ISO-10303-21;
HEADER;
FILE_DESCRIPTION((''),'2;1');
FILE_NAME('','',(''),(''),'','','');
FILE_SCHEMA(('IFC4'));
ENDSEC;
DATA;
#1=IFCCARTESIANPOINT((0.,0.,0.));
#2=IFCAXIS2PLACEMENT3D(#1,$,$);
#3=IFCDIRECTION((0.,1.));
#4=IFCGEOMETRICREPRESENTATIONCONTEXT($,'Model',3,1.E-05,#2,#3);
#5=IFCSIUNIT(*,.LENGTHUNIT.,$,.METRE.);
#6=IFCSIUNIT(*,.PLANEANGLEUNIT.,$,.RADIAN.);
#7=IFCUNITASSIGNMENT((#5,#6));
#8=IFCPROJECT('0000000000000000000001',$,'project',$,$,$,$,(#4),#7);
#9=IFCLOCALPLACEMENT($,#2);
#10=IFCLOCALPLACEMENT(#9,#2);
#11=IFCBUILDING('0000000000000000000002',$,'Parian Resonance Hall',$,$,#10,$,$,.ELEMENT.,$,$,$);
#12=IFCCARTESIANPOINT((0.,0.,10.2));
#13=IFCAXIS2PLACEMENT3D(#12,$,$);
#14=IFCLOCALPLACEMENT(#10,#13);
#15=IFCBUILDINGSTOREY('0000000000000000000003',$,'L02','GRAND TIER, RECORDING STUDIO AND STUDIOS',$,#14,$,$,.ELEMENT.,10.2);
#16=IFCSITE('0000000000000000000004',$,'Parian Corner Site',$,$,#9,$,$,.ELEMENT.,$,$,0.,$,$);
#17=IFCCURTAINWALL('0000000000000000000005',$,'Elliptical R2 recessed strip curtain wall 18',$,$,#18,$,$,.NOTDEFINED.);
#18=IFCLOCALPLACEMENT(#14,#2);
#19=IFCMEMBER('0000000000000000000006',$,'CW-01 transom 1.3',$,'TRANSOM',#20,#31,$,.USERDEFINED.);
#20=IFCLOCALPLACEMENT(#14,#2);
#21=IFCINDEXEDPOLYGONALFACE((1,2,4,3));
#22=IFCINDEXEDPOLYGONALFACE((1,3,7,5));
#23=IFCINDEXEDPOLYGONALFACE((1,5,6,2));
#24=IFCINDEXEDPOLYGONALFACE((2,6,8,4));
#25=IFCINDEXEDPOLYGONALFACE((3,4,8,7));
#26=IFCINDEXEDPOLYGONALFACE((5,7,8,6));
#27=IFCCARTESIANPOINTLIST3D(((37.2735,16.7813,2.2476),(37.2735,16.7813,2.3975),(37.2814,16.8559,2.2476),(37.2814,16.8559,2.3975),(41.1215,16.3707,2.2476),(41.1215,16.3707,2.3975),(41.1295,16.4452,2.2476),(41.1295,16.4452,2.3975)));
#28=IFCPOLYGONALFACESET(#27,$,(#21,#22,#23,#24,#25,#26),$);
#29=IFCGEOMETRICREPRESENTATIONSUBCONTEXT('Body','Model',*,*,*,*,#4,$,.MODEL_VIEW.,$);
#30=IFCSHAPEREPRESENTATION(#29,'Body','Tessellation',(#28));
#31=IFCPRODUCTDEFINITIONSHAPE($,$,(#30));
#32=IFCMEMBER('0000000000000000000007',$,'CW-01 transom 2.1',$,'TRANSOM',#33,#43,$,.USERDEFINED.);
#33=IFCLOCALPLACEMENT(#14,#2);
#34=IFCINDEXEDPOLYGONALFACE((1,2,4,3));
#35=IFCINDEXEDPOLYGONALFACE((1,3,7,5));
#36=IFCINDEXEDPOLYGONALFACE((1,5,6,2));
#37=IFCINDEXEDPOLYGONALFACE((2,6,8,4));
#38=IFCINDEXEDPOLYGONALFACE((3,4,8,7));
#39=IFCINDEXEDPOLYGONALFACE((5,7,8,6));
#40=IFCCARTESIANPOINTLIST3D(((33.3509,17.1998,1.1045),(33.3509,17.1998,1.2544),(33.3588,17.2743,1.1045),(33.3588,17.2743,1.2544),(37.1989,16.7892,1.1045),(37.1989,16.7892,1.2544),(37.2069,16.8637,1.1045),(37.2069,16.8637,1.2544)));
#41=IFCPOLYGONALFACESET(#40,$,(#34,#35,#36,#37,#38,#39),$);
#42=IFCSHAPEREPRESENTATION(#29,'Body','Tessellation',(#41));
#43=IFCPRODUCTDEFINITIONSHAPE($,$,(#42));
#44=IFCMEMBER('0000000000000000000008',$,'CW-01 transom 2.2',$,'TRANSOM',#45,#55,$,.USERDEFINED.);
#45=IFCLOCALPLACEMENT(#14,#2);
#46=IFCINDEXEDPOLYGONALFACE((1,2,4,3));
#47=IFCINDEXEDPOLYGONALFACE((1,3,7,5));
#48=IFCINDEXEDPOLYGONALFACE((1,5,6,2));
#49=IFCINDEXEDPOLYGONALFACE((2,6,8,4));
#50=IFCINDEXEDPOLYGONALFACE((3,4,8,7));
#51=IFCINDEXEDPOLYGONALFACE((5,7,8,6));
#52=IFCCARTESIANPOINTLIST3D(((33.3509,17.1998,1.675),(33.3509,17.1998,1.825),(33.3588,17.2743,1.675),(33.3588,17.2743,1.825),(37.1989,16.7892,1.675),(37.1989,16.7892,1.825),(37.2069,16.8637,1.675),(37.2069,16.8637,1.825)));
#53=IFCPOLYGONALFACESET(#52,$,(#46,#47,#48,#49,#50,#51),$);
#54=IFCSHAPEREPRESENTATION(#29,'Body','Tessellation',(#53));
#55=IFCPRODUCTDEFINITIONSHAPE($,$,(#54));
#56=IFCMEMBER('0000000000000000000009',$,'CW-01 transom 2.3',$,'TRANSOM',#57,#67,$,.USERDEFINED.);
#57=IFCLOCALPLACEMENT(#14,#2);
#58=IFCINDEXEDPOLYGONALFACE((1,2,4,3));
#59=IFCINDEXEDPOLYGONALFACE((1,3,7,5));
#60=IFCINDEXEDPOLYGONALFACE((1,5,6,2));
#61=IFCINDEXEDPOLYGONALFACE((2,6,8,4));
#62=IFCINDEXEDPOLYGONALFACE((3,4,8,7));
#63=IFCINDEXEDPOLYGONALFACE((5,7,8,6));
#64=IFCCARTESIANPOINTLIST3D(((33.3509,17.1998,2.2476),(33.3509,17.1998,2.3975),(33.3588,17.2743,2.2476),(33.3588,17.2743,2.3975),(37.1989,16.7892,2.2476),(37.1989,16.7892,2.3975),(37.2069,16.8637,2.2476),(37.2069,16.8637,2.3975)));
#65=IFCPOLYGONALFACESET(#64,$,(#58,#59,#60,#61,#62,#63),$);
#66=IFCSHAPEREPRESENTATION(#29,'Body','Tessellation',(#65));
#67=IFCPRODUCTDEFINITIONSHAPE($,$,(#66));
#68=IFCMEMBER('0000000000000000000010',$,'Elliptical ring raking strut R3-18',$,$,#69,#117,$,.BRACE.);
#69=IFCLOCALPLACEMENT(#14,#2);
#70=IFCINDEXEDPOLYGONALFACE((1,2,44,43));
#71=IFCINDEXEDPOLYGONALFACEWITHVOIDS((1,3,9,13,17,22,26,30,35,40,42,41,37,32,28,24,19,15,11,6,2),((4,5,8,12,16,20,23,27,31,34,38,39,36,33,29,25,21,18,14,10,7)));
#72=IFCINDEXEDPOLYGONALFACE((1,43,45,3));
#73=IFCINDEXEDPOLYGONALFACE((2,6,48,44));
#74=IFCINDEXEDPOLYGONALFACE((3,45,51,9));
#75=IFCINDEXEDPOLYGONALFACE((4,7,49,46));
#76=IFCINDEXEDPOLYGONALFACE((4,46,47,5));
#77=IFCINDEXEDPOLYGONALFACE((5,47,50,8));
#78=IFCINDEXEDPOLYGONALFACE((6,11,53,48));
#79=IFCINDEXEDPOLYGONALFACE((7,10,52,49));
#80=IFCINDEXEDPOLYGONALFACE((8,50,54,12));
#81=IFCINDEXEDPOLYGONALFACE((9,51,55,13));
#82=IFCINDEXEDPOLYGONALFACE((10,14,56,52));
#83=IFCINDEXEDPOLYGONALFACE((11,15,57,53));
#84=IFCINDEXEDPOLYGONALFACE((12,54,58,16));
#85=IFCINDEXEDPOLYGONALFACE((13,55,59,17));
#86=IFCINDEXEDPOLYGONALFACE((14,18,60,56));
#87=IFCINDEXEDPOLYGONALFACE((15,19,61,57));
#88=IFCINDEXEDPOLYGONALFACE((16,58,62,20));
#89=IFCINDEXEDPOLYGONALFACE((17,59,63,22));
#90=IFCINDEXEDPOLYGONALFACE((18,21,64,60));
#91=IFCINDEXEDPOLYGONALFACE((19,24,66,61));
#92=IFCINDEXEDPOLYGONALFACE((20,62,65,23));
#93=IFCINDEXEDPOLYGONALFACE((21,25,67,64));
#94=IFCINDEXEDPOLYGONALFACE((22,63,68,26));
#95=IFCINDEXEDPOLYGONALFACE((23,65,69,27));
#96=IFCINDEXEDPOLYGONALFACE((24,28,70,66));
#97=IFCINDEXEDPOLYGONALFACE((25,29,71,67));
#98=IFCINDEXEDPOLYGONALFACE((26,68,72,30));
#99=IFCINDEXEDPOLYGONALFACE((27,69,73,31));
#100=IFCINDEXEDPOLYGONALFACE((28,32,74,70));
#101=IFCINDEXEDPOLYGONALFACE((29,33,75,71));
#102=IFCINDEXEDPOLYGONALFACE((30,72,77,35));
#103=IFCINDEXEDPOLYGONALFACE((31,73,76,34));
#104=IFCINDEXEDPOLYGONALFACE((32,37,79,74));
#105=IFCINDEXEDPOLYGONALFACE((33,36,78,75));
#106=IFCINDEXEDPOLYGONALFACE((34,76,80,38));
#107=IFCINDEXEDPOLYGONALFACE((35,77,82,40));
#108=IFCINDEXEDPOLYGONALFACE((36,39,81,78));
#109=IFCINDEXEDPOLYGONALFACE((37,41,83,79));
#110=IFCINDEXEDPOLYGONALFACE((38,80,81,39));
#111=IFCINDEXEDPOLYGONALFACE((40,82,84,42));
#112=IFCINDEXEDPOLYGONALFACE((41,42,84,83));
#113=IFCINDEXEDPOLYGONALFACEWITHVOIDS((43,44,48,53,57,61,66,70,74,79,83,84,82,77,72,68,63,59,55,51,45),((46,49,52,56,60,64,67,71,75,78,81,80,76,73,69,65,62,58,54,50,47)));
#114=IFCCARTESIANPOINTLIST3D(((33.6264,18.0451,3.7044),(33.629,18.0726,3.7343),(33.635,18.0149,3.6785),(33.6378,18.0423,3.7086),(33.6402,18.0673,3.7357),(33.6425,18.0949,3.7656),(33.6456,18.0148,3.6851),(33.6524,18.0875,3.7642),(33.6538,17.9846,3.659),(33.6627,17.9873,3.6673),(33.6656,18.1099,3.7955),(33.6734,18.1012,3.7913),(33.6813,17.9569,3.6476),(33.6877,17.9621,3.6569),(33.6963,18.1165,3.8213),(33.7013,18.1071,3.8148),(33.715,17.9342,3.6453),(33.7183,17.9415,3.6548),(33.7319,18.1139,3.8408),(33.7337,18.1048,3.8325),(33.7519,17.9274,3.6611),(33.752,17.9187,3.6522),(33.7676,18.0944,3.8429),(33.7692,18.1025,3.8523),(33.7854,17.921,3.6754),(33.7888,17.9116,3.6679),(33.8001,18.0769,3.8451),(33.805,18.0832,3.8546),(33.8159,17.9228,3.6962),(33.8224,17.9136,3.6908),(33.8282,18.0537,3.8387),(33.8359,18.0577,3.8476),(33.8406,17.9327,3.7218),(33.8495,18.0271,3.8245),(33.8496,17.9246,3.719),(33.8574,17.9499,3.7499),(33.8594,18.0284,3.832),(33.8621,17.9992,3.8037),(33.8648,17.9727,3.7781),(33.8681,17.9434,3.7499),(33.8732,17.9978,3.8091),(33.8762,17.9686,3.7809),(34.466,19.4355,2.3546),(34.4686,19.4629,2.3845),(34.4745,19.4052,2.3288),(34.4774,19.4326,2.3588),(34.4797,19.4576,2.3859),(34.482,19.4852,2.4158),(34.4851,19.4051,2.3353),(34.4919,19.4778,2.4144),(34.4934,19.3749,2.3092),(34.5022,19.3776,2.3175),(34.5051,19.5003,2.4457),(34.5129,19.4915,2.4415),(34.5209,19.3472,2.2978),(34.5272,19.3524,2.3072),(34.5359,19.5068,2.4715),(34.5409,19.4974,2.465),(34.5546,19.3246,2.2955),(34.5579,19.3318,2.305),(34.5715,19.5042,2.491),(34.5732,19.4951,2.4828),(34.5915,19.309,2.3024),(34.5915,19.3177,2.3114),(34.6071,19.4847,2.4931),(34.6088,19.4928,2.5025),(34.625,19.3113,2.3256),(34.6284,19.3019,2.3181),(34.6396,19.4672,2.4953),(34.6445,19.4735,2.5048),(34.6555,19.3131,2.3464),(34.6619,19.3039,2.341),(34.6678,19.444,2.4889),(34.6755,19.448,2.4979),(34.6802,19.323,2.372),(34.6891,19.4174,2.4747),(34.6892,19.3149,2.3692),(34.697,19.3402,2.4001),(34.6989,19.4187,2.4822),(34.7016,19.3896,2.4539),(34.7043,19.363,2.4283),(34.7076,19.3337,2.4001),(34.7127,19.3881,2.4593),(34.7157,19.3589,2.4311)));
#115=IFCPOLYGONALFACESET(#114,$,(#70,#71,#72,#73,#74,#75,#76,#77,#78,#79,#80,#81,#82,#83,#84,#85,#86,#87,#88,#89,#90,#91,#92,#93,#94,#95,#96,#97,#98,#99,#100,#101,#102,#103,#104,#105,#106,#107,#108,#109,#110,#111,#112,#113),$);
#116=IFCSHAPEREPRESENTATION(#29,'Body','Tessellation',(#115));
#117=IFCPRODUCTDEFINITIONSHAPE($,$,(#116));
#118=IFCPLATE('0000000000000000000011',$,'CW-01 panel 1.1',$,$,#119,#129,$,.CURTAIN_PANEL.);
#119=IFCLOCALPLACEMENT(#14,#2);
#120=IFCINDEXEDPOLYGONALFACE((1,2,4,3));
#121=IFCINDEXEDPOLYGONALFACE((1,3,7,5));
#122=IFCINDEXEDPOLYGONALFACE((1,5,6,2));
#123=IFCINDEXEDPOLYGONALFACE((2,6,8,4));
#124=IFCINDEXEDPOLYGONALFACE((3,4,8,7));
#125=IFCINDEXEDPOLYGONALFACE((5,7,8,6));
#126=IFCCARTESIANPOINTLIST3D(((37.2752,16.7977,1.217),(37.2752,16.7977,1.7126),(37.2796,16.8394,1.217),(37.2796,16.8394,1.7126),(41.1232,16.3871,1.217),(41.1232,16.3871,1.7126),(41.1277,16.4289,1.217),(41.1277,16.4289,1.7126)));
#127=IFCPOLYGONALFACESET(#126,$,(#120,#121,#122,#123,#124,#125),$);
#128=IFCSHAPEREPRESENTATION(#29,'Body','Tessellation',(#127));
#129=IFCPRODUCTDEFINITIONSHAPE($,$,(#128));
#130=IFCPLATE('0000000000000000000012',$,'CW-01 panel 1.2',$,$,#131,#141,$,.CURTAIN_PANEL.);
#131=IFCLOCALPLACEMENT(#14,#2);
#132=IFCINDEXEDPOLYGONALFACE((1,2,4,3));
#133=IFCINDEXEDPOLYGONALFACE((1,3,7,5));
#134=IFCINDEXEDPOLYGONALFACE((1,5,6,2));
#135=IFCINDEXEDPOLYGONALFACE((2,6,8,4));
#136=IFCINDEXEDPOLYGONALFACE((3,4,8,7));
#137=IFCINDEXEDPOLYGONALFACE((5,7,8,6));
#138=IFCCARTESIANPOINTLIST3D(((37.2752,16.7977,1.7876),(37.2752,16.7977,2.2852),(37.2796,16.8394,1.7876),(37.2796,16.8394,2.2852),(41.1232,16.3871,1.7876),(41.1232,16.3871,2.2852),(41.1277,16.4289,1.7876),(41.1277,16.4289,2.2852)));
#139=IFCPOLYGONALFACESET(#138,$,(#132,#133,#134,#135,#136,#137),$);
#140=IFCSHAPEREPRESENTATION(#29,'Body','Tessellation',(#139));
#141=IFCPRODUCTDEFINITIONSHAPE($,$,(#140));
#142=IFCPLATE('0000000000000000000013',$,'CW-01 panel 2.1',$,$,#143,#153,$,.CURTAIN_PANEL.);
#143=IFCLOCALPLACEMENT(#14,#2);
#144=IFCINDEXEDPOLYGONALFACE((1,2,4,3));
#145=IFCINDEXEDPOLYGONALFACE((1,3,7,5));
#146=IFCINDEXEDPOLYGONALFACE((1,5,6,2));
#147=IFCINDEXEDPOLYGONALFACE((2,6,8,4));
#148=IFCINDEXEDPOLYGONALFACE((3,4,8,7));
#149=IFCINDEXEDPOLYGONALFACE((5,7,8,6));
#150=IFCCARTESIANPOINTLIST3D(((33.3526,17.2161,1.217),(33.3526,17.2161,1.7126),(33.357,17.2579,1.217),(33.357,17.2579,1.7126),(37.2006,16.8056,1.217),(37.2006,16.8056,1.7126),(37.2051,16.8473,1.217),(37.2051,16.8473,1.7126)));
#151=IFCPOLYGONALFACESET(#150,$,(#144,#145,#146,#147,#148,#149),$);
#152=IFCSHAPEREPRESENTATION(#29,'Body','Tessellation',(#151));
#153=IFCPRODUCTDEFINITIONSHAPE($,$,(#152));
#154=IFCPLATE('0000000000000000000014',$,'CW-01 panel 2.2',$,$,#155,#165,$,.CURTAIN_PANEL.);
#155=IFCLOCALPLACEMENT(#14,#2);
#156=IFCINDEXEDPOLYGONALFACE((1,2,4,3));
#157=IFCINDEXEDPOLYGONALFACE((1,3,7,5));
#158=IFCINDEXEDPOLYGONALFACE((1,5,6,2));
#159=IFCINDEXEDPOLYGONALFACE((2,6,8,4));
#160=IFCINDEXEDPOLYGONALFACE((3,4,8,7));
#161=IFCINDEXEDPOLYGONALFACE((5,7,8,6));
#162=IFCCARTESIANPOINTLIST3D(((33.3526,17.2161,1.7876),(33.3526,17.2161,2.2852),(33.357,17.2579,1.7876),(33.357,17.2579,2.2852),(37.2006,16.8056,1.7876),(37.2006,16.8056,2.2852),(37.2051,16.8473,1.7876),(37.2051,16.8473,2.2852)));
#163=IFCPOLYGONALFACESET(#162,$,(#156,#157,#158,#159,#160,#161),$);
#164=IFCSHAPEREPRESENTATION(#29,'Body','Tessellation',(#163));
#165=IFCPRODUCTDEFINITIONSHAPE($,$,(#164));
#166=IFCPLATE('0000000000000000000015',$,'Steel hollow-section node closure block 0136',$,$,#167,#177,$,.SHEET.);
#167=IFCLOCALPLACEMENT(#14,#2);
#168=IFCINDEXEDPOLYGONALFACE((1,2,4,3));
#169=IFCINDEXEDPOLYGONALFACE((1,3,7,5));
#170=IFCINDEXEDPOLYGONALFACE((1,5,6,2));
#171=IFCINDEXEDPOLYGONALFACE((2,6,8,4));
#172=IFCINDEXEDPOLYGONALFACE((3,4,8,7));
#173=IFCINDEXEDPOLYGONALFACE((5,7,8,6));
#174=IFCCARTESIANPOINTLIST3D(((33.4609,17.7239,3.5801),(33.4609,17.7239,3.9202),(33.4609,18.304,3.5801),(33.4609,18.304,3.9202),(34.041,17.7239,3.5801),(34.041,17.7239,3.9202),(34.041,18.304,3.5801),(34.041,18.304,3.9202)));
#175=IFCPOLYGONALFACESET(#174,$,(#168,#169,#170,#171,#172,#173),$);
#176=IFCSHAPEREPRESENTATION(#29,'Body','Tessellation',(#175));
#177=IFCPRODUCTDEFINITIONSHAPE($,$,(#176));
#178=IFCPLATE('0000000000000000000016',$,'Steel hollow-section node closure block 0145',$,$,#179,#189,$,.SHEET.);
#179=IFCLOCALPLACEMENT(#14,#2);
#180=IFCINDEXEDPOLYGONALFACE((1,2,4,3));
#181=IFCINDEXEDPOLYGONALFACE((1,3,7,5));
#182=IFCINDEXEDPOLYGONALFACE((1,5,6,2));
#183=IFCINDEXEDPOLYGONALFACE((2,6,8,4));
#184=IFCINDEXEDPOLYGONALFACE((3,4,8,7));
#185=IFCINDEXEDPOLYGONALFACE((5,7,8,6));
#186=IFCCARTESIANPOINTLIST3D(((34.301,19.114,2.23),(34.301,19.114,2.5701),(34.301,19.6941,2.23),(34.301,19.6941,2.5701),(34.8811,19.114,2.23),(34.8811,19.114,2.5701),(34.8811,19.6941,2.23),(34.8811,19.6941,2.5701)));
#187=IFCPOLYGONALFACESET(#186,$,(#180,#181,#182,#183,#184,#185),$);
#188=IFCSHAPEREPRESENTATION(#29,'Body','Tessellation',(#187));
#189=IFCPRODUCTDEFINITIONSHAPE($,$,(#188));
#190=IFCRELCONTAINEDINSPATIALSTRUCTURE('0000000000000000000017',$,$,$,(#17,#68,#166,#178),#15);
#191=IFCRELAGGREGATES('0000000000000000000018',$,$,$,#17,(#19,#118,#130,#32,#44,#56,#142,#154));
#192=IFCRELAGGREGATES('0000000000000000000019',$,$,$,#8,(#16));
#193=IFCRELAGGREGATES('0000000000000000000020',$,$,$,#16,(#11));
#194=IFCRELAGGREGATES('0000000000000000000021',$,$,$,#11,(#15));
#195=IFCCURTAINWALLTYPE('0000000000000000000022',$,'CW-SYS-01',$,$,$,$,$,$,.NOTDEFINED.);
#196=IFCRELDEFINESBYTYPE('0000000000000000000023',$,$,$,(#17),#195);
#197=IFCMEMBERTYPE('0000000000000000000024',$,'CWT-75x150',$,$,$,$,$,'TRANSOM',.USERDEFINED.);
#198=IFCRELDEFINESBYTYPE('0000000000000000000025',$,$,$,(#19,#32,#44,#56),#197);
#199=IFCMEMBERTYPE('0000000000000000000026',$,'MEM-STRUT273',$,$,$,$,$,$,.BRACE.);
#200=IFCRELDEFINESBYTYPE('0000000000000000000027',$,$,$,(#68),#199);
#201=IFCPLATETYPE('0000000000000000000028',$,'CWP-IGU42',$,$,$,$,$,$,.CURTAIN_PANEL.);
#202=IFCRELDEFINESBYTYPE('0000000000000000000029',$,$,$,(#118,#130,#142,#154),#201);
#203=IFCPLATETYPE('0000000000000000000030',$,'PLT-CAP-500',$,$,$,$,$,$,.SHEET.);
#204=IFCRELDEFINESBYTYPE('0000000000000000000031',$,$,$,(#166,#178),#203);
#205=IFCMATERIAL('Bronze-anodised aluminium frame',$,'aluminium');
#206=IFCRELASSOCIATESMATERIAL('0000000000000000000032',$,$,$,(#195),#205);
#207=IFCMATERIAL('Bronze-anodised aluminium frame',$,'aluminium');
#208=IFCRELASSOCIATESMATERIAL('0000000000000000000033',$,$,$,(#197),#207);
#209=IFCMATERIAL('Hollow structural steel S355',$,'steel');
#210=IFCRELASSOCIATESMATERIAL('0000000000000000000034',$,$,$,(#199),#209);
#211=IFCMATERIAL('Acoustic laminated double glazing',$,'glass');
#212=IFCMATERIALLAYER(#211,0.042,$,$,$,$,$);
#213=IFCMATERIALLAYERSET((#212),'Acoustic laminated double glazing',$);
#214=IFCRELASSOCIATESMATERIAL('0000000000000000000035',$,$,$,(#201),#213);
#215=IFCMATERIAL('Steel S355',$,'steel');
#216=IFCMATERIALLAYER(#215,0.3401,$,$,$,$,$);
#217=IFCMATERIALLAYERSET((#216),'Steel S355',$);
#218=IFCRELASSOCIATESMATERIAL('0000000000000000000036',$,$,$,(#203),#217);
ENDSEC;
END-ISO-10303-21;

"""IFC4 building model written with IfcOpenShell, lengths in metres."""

from ifc_helpers import new_model, si_unit, direction, frame, origin, origin_2d, place, context, subcontext, project, spatial, rectangle, hollow_circle, extrude, material, layer, layer_set, material_profile, profile_set, type_object, element, aggregate, save


model = new_model("IFC4")

# Units and contexts
model_context = context("Model", 3, precision=1e-05, world=origin(), true_north=direction((0.0, 1.0)))
body_context = subcontext(model_context, "Body", "Model", "MODEL_VIEW")
ifc_project = project(units=[si_unit("LENGTHUNIT", "METRE"), si_unit("PLANEANGLEUNIT", "RADIAN")], contexts=[model_context])

# Site, building, storey
site_placement = place(None, origin())
site = spatial("IfcSite", under=ifc_project, at=site_placement, Name="Parian Corner Site", CompositionType="ELEMENT", RefElevation=0.0)
building_placement = place(site_placement, origin())
building = spatial("IfcBuilding", under=site, at=building_placement, Name="Parian Resonance Hall", CompositionType="ELEMENT")
storey_placement = place(building_placement, frame((0.0, 0.0, 10.2)))
storey = spatial("IfcBuildingStorey", under=building, at=storey_placement, Name="L02", Description="GRAND TIER, RECORDING STUDIO AND STUDIOS", CompositionType="ELEMENT", Elevation=10.2)

# Curtain wall, members
ifc_material_1 = material(Name="Bronze-anodised aluminium frame", Category="aluminium")
curtain_wall_type_1 = type_object("IfcCurtainWallType", Name="CW-SYS-01", PredefinedType="NOTDEFINED", material=ifc_material_1)
curtain_wall_1_placement = place(storey_placement, origin())
curtain_wall_1 = element("IfcCurtainWall", 1, at=curtain_wall_1_placement, inside=storey, type_object=curtain_wall_type_1, Name="Elliptical R2 recessed strip curtain wall 18", PredefinedType="NOTDEFINED")
ifc_material_2 = material(Name="Bronze-anodised aluminium frame", Category="aluminium")
ifc_material_profile_1 = material_profile(ifc_material_2, rectangle(XDim=0.075, YDim=0.1499, at=origin_2d()), Name="CWT-75x150")
ifc_profile_set_1 = profile_set([ifc_material_profile_1], Name="Bronze-anodised aluminium frame")
member_type_1 = type_object("IfcMemberType", Name="CWT-75x150", ElementType="TRANSOM", PredefinedType="USERDEFINED", material=ifc_profile_set_1)
member_1_placement = place(storey_placement, frame((41.1255, 16.408, 2.3225), z_axis=(-0.994354, 0.10611, 0.0), x_axis=(-0.10611, -0.994354, 0.0)))
member_1 = element("IfcMember", 2, at=member_1_placement, type_object=member_type_1, Name="CW-01 transom 1.3", ObjectType="TRANSOM", PredefinedType="USERDEFINED", context=body_context, shape_type="SweptSolid", body=[
    extrude(rectangle(XDim=0.075, YDim=0.1499, at=origin_2d()), origin(), (0.0, 0.0, 1.0), 3.8699),
])
member_2_placement = place(storey_placement, frame((37.2029, 16.8264, 1.1794), z_axis=(-0.994354, 0.10611, 0.0), x_axis=(-0.10611, -0.994354, 0.0)))
member_2 = element("IfcMember", 3, at=member_2_placement, type_object=member_type_1, Name="CW-01 transom 2.1", ObjectType="TRANSOM", PredefinedType="USERDEFINED", context=body_context, shape_type="SweptSolid", body=[
    extrude(rectangle(XDim=0.075, YDim=0.1499, at=origin_2d()), origin(), (0.0, 0.0, 1.0), 3.8699),
])
member_3_placement = place(storey_placement, frame((37.2029, 16.8264, 1.75), z_axis=(-0.994354, 0.10611, 0.0), x_axis=(-0.10611, -0.994354, 0.0)))
member_3 = element("IfcMember", 4, at=member_3_placement, type_object=member_type_1, Name="CW-01 transom 2.2", ObjectType="TRANSOM", PredefinedType="USERDEFINED", context=body_context, shape_type="SweptSolid", body=[
    extrude(rectangle(XDim=0.075, YDim=0.1499, at=origin_2d()), origin(), (0.0, 0.0, 1.0), 3.8699),
])
member_4_placement = place(storey_placement, frame((37.2029, 16.8264, 2.3225), z_axis=(-0.994354, 0.10611, 0.0), x_axis=(-0.10611, -0.994354, 0.0)))
member_4 = element("IfcMember", 5, at=member_4_placement, type_object=member_type_1, Name="CW-01 transom 2.3", ObjectType="TRANSOM", PredefinedType="USERDEFINED", context=body_context, shape_type="SweptSolid", body=[
    extrude(rectangle(XDim=0.075, YDim=0.1499, at=origin_2d()), origin(), (0.0, 0.0, 1.0), 3.8699),
])

# Member
ifc_material_3 = material(Name="Hollow structural steel S355", Category="steel")
ifc_material_profile_2 = material_profile(ifc_material_3, hollow_circle(Radius=0.1365, WallThickness=0.0125, at=origin_2d()), Name="CHS273x12.5")
ifc_profile_set_2 = profile_set([ifc_material_profile_2], Name="Hollow structural steel S355")
member_type_2 = type_object("IfcMemberType", Name="MEM-STRUT273", PredefinedType="BRACE", material=ifc_profile_set_2)
member_5_placement = place(storey_placement, frame((34.5908, 19.4043, 2.4001), z_axis=(-0.397553, -0.65835, 0.63916), x_axis=(0.856031, -0.516925, 0.0)))
element("IfcMember", 6, at=member_5_placement, inside=storey, type_object=member_type_2, Name="Elliptical ring raking strut R3-18", PredefinedType="BRACE", context=body_context, shape_type="SweptSolid", body=[
    extrude(hollow_circle(Radius=0.1365, WallThickness=0.0125, at=origin_2d()), origin(), (0.0, 0.0, 1.0), 2.1118),
])

# Plates
ifc_material_4 = material(Name="Acoustic laminated double glazing", Category="glass")
ifc_layer_1 = layer(ifc_material_4, 0.042)
ifc_layer_set_1 = layer_set([ifc_layer_1], Name="Acoustic laminated double glazing")
plate_type_1 = type_object("IfcPlateType", Name="CWP-IGU42", PredefinedType="CURTAIN_PANEL", material=ifc_layer_set_1)
plate_1_placement = place(storey_placement, frame((39.2014, 16.6133, 1.217), z_axis=(0.0, 0.0, 1.0), x_axis=(-0.994356, 0.106091, 0.0)))
plate_1 = element("IfcPlate", 7, at=plate_1_placement, type_object=plate_type_1, Name="CW-01 panel 1.1", PredefinedType="CURTAIN_PANEL", context=body_context, shape_type="SweptSolid", body=[
    extrude(rectangle(XDim=3.8699, YDim=0.042, at=origin_2d()), origin(), (0.0, 0.0, 1.0), 0.4956),
])
plate_2_placement = place(storey_placement, frame((39.2014, 16.6133, 1.7876), z_axis=(0.0, 0.0, 1.0), x_axis=(-0.994356, 0.106091, 0.0)))
plate_2 = element("IfcPlate", 8, at=plate_2_placement, type_object=plate_type_1, Name="CW-01 panel 1.2", PredefinedType="CURTAIN_PANEL", context=body_context, shape_type="SweptSolid", body=[
    extrude(rectangle(XDim=3.8699, YDim=0.042, at=origin_2d()), origin(), (0.0, 0.0, 1.0), 0.4976),
])
plate_3_placement = place(storey_placement, frame((35.2788, 17.0317, 1.217), z_axis=(0.0, 0.0, 1.0), x_axis=(-0.994356, 0.106091, 0.0)))
plate_3 = element("IfcPlate", 9, at=plate_3_placement, type_object=plate_type_1, Name="CW-01 panel 2.1", PredefinedType="CURTAIN_PANEL", context=body_context, shape_type="SweptSolid", body=[
    extrude(rectangle(XDim=3.8699, YDim=0.042, at=origin_2d()), origin(), (0.0, 0.0, 1.0), 0.4956),
])
plate_4_placement = place(storey_placement, frame((35.2788, 17.0317, 1.7876), z_axis=(0.0, 0.0, 1.0), x_axis=(-0.994356, 0.106091, 0.0)))
plate_4 = element("IfcPlate", 10, at=plate_4_placement, type_object=plate_type_1, Name="CW-01 panel 2.2", PredefinedType="CURTAIN_PANEL", context=body_context, shape_type="SweptSolid", body=[
    extrude(rectangle(XDim=3.8699, YDim=0.042, at=origin_2d()), origin(), (0.0, 0.0, 1.0), 0.4976),
])
aggregate(curtain_wall_1, [member_1, plate_1, plate_2, member_2, member_3, member_4, plate_3, plate_4])

# Plates
ifc_material_5 = material(Name="Steel S355", Category="steel")
ifc_layer_2 = layer(ifc_material_5, 0.3401)
ifc_layer_set_2 = layer_set([ifc_layer_2], Name="Steel S355")
plate_type_2 = type_object("IfcPlateType", Name="PLT-CAP-500", PredefinedType="SHEET", material=ifc_layer_set_2)
for number, where, z_axis, x_axis, name in (
    (11, (33.751, 18.0139, 3.5801), (0.0, 0.0, 1.0), (1.0, 0.0, 0.0), "Steel hollow-section node closure block 0136"),
    (12, (34.5911, 19.4041, 2.23), (0.0, 0.0, 1.0), (1.0, 0.0, 0.0), "Steel hollow-section node closure block 0145"),
):
    element("IfcPlate", number, at=place(storey_placement, frame(where, z_axis=z_axis, x_axis=x_axis)), inside=storey, type_object=plate_type_2, Name=name, PredefinedType="SHEET", context=body_context, shape_type="SweptSolid", body=[
        extrude(rectangle(XDim=0.5801, YDim=0.5801, at=origin_2d()), origin(), (0.0, 0.0, 1.0), 0.3401),
    ])

save(model, "model.ifc")
